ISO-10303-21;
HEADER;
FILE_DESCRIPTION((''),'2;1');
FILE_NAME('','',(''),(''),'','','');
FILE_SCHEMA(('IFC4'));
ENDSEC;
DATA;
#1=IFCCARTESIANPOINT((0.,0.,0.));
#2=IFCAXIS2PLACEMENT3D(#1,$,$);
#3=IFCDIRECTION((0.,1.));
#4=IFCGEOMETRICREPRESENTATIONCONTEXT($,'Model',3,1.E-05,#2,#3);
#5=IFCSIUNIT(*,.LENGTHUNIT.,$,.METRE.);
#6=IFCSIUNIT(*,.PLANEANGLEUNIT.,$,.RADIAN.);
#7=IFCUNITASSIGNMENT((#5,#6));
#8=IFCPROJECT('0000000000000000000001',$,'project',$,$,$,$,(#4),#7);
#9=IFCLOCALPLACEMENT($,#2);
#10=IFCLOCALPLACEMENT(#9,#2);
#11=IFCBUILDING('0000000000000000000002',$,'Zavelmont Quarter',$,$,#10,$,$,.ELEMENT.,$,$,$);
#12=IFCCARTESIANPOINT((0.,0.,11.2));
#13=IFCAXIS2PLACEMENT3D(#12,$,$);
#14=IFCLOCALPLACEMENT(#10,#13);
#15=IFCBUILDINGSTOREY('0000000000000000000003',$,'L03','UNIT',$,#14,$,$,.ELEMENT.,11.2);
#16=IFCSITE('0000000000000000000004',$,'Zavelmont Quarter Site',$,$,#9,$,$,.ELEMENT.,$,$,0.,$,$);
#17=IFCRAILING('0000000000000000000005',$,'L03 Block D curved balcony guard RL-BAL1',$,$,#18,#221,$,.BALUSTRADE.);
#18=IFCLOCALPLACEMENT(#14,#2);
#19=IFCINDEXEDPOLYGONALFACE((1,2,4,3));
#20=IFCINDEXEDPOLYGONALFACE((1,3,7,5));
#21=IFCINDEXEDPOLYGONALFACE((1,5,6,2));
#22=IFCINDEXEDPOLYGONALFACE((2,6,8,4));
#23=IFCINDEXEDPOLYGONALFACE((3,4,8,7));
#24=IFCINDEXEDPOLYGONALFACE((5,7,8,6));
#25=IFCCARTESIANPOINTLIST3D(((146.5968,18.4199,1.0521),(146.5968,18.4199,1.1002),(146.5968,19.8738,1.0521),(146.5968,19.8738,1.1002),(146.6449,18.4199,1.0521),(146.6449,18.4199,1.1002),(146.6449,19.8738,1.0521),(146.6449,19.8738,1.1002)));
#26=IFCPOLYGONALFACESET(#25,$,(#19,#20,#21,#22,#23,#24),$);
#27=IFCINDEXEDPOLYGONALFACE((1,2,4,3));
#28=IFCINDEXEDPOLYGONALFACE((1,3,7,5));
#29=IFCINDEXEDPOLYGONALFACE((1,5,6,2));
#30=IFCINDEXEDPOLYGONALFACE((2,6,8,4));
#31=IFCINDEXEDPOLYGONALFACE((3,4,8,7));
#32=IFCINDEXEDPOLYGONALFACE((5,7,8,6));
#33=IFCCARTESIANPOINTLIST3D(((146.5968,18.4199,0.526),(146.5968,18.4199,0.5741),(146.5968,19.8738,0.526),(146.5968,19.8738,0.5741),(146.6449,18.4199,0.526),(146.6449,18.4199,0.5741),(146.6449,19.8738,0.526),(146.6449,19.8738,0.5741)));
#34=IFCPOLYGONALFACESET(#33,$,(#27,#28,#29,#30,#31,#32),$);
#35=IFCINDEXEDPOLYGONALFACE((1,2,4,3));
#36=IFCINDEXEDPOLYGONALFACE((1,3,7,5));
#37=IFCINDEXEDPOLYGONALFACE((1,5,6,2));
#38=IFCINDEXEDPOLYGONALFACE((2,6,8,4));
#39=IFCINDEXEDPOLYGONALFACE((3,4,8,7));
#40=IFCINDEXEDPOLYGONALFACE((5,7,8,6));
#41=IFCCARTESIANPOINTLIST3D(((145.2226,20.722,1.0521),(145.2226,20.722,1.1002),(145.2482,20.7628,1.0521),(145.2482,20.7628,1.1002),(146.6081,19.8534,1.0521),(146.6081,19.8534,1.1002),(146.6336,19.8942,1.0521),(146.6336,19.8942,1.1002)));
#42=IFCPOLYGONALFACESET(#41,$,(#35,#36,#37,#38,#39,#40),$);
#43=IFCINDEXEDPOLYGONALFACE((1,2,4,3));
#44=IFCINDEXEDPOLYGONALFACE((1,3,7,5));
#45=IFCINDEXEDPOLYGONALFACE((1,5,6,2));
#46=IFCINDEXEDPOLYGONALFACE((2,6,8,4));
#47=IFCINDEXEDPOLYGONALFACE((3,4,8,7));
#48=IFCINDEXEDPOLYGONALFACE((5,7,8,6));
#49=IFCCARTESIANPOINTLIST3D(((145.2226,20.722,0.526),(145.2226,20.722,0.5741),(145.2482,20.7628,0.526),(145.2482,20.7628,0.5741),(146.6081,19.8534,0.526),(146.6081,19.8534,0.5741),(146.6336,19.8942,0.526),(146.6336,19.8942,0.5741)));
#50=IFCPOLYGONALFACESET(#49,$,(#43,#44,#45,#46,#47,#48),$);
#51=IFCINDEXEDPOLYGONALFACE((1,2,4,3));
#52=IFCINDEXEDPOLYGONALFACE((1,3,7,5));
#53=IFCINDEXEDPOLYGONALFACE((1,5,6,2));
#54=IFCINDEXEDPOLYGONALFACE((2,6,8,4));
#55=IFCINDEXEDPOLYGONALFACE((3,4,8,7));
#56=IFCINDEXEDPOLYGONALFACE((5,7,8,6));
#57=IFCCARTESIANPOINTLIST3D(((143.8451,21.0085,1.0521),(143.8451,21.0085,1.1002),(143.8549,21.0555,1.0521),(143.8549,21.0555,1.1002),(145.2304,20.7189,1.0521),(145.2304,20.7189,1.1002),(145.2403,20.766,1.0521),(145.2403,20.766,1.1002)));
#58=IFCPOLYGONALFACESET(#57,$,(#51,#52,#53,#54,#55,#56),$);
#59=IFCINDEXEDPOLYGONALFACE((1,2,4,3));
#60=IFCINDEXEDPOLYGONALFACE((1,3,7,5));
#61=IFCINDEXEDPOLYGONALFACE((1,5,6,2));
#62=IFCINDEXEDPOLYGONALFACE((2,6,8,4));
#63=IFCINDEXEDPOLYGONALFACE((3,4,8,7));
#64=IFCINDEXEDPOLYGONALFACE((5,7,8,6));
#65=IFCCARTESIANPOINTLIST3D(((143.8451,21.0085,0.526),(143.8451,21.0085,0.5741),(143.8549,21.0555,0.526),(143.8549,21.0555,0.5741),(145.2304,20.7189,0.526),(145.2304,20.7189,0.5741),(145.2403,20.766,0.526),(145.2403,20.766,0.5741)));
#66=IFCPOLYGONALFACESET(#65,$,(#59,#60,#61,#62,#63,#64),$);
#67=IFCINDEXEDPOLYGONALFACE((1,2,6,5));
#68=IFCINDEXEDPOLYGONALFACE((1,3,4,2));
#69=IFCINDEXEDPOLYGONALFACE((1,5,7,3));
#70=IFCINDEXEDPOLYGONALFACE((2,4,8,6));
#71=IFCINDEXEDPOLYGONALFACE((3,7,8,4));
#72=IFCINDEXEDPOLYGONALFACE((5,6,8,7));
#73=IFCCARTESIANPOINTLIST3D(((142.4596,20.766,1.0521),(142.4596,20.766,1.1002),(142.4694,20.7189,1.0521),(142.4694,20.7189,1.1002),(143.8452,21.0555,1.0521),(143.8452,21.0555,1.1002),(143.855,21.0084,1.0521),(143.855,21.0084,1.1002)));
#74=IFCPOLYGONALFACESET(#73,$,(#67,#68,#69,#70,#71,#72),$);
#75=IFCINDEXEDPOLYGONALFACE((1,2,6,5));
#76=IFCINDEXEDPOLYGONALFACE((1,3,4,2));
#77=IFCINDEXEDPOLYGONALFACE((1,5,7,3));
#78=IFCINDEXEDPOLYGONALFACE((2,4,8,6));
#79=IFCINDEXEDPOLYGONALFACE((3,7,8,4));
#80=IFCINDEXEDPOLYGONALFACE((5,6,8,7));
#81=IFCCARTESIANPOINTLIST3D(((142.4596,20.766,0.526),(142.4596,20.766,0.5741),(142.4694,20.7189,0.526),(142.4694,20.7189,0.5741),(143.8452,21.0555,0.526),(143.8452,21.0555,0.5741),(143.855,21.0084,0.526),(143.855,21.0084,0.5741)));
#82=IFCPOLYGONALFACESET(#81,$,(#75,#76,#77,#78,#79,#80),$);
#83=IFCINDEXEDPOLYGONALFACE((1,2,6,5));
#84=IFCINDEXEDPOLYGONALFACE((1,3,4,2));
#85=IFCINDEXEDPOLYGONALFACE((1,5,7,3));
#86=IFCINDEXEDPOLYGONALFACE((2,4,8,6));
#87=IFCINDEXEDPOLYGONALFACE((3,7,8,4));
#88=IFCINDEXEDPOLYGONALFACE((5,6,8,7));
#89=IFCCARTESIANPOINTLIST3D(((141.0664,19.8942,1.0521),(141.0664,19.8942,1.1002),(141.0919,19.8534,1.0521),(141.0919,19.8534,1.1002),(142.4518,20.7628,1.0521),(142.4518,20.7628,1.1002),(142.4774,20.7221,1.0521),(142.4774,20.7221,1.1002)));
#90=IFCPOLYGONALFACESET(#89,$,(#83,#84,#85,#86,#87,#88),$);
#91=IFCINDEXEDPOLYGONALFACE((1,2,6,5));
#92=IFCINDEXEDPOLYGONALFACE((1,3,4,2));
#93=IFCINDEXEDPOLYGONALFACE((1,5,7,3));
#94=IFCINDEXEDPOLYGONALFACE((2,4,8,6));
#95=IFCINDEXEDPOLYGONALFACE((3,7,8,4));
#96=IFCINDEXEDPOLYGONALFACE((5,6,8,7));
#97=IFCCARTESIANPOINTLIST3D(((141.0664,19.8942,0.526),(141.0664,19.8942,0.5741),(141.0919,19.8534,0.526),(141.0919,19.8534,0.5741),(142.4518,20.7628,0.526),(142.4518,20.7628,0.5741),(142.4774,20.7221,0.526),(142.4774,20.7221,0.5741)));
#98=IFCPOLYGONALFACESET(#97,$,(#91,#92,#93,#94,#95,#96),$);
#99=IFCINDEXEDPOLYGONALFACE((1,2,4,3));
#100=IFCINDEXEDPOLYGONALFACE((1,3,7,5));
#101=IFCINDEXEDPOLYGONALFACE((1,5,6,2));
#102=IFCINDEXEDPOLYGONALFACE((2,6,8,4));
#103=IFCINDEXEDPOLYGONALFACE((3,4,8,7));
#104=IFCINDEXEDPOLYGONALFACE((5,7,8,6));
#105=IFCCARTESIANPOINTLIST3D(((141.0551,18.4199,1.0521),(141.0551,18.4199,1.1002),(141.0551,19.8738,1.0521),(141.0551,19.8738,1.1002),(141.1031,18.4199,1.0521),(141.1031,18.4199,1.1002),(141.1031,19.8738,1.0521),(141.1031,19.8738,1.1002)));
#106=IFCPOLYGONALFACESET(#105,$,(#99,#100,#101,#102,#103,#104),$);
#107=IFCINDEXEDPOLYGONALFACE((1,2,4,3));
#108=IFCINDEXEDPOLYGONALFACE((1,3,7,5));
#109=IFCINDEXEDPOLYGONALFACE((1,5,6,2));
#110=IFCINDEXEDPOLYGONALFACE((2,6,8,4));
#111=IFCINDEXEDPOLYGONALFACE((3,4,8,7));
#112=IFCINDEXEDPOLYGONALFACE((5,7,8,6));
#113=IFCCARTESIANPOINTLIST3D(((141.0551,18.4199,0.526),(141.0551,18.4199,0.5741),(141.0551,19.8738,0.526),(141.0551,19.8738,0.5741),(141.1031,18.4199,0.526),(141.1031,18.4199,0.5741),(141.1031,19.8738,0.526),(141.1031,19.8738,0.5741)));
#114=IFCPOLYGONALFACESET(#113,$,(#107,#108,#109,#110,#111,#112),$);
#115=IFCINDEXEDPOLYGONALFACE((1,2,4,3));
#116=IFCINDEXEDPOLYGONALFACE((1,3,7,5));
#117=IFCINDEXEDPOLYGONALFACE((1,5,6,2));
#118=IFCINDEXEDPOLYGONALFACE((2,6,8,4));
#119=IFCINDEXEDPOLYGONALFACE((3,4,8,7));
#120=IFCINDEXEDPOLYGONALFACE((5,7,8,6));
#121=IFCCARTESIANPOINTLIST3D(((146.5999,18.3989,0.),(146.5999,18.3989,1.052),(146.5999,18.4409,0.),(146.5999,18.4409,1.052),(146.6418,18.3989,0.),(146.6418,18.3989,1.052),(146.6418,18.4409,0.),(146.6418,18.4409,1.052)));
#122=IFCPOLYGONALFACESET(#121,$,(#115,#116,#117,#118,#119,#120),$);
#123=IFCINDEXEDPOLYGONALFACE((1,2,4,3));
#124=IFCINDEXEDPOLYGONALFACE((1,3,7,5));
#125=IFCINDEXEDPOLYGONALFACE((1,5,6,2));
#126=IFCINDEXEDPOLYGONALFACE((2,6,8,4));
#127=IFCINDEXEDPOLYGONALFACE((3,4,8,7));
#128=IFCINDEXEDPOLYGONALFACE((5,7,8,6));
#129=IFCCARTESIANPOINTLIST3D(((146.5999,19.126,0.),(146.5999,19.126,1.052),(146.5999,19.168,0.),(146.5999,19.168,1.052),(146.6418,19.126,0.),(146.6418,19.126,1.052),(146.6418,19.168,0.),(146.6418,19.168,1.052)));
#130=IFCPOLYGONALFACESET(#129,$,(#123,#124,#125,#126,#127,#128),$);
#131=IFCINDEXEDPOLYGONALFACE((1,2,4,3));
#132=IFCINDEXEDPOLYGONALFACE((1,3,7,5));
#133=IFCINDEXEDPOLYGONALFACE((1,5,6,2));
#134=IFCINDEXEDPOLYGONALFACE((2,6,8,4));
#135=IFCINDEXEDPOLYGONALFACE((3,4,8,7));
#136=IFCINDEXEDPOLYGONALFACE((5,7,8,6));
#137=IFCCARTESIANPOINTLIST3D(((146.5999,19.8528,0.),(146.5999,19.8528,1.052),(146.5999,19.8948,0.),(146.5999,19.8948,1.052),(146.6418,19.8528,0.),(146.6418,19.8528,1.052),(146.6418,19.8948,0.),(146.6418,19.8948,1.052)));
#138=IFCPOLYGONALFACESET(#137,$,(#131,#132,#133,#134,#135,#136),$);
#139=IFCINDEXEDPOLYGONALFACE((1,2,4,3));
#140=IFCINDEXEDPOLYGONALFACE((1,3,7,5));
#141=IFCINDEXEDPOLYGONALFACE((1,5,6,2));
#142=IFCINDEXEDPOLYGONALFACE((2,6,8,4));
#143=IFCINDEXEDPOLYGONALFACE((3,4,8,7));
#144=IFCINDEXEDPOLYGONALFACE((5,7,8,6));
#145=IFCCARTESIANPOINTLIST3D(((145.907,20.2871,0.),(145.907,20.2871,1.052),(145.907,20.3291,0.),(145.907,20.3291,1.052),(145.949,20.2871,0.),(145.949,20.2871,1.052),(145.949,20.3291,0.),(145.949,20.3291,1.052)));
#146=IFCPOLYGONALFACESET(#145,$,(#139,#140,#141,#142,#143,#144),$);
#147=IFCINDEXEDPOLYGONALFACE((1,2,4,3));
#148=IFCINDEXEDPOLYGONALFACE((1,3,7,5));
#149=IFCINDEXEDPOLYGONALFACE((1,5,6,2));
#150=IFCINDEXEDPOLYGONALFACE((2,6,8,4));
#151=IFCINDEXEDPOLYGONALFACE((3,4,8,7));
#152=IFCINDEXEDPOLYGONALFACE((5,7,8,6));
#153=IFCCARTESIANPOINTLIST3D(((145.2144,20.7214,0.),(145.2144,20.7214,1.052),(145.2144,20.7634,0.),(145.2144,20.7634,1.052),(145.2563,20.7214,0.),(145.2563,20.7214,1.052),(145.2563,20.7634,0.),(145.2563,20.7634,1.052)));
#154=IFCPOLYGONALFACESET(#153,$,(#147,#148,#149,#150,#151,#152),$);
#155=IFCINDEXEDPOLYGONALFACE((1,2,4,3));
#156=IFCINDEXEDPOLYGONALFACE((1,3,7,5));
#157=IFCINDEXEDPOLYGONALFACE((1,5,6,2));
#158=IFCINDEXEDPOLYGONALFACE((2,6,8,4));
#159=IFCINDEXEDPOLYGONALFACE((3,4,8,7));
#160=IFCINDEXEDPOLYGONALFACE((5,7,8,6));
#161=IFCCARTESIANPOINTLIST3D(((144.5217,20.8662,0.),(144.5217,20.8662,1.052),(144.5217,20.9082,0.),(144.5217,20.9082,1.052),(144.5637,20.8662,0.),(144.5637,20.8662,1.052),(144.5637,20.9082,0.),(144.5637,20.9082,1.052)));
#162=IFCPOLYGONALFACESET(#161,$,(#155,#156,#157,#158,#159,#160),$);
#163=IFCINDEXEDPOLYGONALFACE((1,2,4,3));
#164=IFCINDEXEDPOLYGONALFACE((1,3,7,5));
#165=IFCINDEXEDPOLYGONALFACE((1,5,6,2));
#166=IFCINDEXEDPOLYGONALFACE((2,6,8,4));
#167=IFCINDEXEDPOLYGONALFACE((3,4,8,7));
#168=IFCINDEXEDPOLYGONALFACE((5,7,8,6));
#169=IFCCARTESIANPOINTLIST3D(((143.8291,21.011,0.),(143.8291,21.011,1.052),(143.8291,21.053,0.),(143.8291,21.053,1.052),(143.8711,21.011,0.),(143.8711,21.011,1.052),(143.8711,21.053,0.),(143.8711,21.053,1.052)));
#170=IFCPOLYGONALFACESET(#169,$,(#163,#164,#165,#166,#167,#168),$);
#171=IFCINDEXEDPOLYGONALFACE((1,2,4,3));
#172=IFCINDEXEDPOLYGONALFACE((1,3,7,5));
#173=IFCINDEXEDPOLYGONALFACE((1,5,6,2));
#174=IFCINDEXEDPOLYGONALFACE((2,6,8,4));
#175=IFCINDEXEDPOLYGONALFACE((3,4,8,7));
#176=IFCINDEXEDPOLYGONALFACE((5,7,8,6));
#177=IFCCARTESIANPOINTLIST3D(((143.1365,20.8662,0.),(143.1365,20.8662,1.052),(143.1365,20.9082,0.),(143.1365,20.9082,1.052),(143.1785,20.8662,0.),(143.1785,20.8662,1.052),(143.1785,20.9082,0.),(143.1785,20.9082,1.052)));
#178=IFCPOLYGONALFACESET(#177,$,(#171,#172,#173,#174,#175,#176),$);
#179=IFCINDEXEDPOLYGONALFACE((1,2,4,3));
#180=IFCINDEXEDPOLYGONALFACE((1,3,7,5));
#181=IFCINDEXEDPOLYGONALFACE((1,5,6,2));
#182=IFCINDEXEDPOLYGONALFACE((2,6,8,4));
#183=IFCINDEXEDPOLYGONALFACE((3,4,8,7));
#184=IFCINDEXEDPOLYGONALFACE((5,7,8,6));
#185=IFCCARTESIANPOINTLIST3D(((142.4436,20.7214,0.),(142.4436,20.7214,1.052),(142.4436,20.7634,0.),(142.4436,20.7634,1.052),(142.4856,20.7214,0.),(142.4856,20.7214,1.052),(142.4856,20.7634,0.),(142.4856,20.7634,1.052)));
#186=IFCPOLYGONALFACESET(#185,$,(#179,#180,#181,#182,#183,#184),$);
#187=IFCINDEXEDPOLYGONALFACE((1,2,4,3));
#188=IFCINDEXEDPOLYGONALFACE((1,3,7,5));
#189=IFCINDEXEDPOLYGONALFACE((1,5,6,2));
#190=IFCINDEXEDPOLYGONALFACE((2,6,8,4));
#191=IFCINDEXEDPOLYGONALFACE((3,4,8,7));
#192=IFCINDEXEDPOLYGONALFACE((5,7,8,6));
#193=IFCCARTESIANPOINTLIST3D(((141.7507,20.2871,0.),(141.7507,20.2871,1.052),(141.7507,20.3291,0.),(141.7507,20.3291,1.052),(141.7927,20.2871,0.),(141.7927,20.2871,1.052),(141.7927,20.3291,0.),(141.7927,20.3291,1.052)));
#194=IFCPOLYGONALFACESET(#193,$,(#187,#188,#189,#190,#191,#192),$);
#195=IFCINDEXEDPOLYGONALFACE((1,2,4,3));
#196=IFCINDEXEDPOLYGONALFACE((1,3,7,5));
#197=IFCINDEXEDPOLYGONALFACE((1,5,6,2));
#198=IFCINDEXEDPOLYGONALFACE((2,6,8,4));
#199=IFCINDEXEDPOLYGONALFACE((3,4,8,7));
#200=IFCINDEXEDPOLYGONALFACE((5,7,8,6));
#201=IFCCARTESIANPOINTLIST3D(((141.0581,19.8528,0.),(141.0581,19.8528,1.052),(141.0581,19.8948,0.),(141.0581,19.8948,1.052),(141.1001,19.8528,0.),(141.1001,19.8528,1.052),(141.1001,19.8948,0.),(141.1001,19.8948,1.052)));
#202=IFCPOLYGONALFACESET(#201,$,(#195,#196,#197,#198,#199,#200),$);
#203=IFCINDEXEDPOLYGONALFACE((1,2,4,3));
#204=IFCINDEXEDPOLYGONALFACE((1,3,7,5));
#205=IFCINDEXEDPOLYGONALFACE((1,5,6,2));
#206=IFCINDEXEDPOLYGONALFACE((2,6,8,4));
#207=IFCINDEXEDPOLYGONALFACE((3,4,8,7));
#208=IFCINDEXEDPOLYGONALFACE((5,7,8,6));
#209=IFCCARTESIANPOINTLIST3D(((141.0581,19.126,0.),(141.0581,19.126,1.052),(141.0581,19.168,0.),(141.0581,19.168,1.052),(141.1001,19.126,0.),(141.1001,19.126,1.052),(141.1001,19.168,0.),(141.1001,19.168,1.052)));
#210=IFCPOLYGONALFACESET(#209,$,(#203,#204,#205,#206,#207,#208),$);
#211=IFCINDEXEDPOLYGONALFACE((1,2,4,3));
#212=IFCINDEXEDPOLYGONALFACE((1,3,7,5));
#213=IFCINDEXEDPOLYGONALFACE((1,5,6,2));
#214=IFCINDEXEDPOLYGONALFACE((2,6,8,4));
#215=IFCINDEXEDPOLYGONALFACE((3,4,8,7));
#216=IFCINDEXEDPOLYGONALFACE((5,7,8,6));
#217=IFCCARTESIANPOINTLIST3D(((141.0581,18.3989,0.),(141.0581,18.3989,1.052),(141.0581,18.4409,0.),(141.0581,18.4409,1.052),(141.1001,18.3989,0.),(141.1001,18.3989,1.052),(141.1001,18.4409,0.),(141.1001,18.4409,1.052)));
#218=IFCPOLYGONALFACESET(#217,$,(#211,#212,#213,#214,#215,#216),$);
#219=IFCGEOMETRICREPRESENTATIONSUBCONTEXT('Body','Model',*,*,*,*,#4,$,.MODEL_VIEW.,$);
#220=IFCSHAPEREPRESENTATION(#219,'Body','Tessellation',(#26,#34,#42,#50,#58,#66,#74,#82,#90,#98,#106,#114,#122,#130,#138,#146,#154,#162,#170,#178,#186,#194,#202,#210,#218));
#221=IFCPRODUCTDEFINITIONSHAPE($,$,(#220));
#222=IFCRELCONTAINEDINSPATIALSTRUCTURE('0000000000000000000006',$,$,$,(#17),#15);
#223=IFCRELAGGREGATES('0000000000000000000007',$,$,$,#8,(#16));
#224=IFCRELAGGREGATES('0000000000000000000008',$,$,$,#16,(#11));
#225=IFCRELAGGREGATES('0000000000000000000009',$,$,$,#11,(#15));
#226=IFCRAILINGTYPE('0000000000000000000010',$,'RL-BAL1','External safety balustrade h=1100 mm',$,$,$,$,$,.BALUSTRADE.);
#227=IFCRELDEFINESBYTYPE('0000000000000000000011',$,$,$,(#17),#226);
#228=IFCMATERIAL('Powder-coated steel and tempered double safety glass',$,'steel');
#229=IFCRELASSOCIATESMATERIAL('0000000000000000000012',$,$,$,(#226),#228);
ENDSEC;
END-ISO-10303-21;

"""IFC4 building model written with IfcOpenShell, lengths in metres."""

from ifc_helpers import new_model, si_unit, direction, frame, origin, origin_2d, place, context, subcontext, project, spatial, rectangle, extrude, material, type_object, element, save


model = new_model("IFC4")

# Units and contexts
model_context = context("Model", 3, precision=1e-05, world=origin(), true_north=direction((0.0, 1.0)))
body_context = subcontext(model_context, "Body", "Model", "MODEL_VIEW")
ifc_project = project(units=[si_unit("LENGTHUNIT", "METRE"), si_unit("PLANEANGLEUNIT", "RADIAN")], contexts=[model_context])

# Site, building, storey
site_placement = place(None, origin())
site = spatial("IfcSite", under=ifc_project, at=site_placement, Name="Zavelmont Quarter Site", CompositionType="ELEMENT", RefElevation=0.0)
building_placement = place(site_placement, origin())
building = spatial("IfcBuilding", under=site, at=building_placement, Name="Zavelmont Quarter", CompositionType="ELEMENT")
storey_placement = place(building_placement, frame((0.0, 0.0, 11.2)))
storey = spatial("IfcBuildingStorey", under=building, at=storey_placement, Name="L03", Description="UNIT", CompositionType="ELEMENT", Elevation=11.2)

# Railing
ifc_material_1 = material(Name="Powder-coated steel and tempered double safety glass", Category="steel")
railing_type_1 = type_object("IfcRailingType", Name="RL-BAL1", Description="External safety balustrade h=1100 mm", PredefinedType="BALUSTRADE", material=ifc_material_1)
railing_1_placement = place(storey_placement, frame((146.6208, 18.4199, 0.0)))
element("IfcRailing", 1, at=railing_1_placement, inside=storey, type_object=railing_type_1, Name="L03 Block D curved balcony guard RL-BAL1", PredefinedType="BALUSTRADE", context=body_context, shape_type="SweptSolid", body=[
    extrude(rectangle(XDim=0.0481, YDim=0.0481, at=origin_2d()), frame((0.0, 0.0, 1.0762), z_axis=(0.0, 1.0, 0.0), x_axis=(-1.0, 0.0, 0.0)), (0.0, 0.0, 1.0), 1.4539),
    extrude(rectangle(XDim=0.0481, YDim=0.0481, at=origin_2d()), frame((0.0, 0.0, 0.55), z_axis=(0.0, 1.0, 0.0), x_axis=(-1.0, 0.0, 0.0)), (0.0, 0.0, 1.0), 1.4539),
    extrude(rectangle(XDim=0.0481, YDim=0.0481, at=origin_2d()), frame((0.0, 1.4539, 1.0762), z_axis=(-0.847251, 0.531193, 0.0), x_axis=(-0.531193, -0.847251, 0.0)), (0.0, 0.0, 1.0), 1.6353),
    extrude(rectangle(XDim=0.0481, YDim=0.0481, at=origin_2d()), frame((0.0, 1.4539, 0.55), z_axis=(-0.847251, 0.531193, 0.0), x_axis=(-0.531193, -0.847251, 0.0)), (0.0, 0.0, 1.0), 1.6353),
    extrude(rectangle(XDim=0.0481, YDim=0.0481, at=origin_2d()), frame((-1.3855, 2.3225, 1.0762), z_axis=(-0.978845, 0.204602, 0.0), x_axis=(-0.204602, -0.978845, 0.0)), (0.0, 0.0, 1.0), 1.4153),
    extrude(rectangle(XDim=0.0481, YDim=0.0481, at=origin_2d()), frame((-1.3855, 2.3225, 0.55), z_axis=(-0.978845, 0.204602, 0.0), x_axis=(-0.204602, -0.978845, 0.0)), (0.0, 0.0, 1.0), 1.4153),
    extrude(rectangle(XDim=0.0481, YDim=0.0481, at=origin_2d()), frame((-2.7708, 2.6121, 1.0762), z_axis=(-0.978853, -0.204567, 0.0), x_axis=(0.204567, -0.978853, 0.0)), (0.0, 0.0, 1.0), 1.4155),
    extrude(rectangle(XDim=0.0481, YDim=0.0481, at=origin_2d()), frame((-2.7708, 2.6121, 0.55), z_axis=(-0.978853, -0.204567, 0.0), x_axis=(0.204567, -0.978853, 0.0)), (0.0, 0.0, 1.0), 1.4155),
    extrude(rectangle(XDim=0.0481, YDim=0.0481, at=origin_2d()), frame((-4.1562, 2.3225, 1.0762), z_axis=(-0.847251, -0.531193, 0.0), x_axis=(0.531193, -0.847251, 0.0)), (0.0, 0.0, 1.0), 1.6353),
    extrude(rectangle(XDim=0.0481, YDim=0.0481, at=origin_2d()), frame((-4.1562, 2.3225, 0.55), z_axis=(-0.847251, -0.531193, 0.0), x_axis=(0.531193, -0.847251, 0.0)), (0.0, 0.0, 1.0), 1.6353),
    extrude(rectangle(XDim=0.0481, YDim=0.0481, at=origin_2d()), frame((-5.5417, 1.4539, 1.0762), z_axis=(0.0, -1.0, 0.0), x_axis=(1.0, 0.0, 0.0)), (0.0, 0.0, 1.0), 1.4539),
    extrude(rectangle(XDim=0.0481, YDim=0.0481, at=origin_2d()), frame((-5.5417, 1.4539, 0.55), z_axis=(0.0, -1.0, 0.0), x_axis=(1.0, 0.0, 0.0)), (0.0, 0.0, 1.0), 1.4539),
    extrude(rectangle(XDim=0.042, YDim=0.042, at=origin_2d()), origin(), (0.0, 0.0, 1.0), 1.052),
    extrude(rectangle(XDim=0.042, YDim=0.042, at=origin_2d()), frame((0.0, 0.7271, 0.0)), (0.0, 0.0, 1.0), 1.052),
    extrude(rectangle(XDim=0.042, YDim=0.042, at=origin_2d()), frame((0.0, 1.4539, 0.0)), (0.0, 0.0, 1.0), 1.052),
    extrude(rectangle(XDim=0.042, YDim=0.042, at=origin_2d()), frame((-0.6929, 1.8882, 0.0)), (0.0, 0.0, 1.0), 1.052),
    extrude(rectangle(XDim=0.042, YDim=0.042, at=origin_2d()), frame((-1.3855, 2.3225, 0.0)), (0.0, 0.0, 1.0), 1.052),
    extrude(rectangle(XDim=0.042, YDim=0.042, at=origin_2d()), frame((-2.0781, 2.4673, 0.0)), (0.0, 0.0, 1.0), 1.052),
    extrude(rectangle(XDim=0.042, YDim=0.042, at=origin_2d()), frame((-2.7708, 2.6121, 0.0)), (0.0, 0.0, 1.0), 1.052),
    extrude(rectangle(XDim=0.042, YDim=0.042, at=origin_2d()), frame((-3.4634, 2.4673, 0.0)), (0.0, 0.0, 1.0), 1.052),
    extrude(rectangle(XDim=0.042, YDim=0.042, at=origin_2d()), frame((-4.1562, 2.3225, 0.0)), (0.0, 0.0, 1.0), 1.052),
    extrude(rectangle(XDim=0.042, YDim=0.042, at=origin_2d()), frame((-4.8491, 1.8882, 0.0)), (0.0, 0.0, 1.0), 1.052),
    extrude(rectangle(XDim=0.042, YDim=0.042, at=origin_2d()), frame((-5.5417, 1.4539, 0.0)), (0.0, 0.0, 1.0), 1.052),
    extrude(rectangle(XDim=0.042, YDim=0.042, at=origin_2d()), frame((-5.5417, 0.7271, 0.0)), (0.0, 0.0, 1.0), 1.052),
    extrude(rectangle(XDim=0.042, YDim=0.042, at=origin_2d()), frame((-5.5417, 0.0, 0.0)), (0.0, 0.0, 1.0), 1.052),
])

save(model, "model.ifc")
